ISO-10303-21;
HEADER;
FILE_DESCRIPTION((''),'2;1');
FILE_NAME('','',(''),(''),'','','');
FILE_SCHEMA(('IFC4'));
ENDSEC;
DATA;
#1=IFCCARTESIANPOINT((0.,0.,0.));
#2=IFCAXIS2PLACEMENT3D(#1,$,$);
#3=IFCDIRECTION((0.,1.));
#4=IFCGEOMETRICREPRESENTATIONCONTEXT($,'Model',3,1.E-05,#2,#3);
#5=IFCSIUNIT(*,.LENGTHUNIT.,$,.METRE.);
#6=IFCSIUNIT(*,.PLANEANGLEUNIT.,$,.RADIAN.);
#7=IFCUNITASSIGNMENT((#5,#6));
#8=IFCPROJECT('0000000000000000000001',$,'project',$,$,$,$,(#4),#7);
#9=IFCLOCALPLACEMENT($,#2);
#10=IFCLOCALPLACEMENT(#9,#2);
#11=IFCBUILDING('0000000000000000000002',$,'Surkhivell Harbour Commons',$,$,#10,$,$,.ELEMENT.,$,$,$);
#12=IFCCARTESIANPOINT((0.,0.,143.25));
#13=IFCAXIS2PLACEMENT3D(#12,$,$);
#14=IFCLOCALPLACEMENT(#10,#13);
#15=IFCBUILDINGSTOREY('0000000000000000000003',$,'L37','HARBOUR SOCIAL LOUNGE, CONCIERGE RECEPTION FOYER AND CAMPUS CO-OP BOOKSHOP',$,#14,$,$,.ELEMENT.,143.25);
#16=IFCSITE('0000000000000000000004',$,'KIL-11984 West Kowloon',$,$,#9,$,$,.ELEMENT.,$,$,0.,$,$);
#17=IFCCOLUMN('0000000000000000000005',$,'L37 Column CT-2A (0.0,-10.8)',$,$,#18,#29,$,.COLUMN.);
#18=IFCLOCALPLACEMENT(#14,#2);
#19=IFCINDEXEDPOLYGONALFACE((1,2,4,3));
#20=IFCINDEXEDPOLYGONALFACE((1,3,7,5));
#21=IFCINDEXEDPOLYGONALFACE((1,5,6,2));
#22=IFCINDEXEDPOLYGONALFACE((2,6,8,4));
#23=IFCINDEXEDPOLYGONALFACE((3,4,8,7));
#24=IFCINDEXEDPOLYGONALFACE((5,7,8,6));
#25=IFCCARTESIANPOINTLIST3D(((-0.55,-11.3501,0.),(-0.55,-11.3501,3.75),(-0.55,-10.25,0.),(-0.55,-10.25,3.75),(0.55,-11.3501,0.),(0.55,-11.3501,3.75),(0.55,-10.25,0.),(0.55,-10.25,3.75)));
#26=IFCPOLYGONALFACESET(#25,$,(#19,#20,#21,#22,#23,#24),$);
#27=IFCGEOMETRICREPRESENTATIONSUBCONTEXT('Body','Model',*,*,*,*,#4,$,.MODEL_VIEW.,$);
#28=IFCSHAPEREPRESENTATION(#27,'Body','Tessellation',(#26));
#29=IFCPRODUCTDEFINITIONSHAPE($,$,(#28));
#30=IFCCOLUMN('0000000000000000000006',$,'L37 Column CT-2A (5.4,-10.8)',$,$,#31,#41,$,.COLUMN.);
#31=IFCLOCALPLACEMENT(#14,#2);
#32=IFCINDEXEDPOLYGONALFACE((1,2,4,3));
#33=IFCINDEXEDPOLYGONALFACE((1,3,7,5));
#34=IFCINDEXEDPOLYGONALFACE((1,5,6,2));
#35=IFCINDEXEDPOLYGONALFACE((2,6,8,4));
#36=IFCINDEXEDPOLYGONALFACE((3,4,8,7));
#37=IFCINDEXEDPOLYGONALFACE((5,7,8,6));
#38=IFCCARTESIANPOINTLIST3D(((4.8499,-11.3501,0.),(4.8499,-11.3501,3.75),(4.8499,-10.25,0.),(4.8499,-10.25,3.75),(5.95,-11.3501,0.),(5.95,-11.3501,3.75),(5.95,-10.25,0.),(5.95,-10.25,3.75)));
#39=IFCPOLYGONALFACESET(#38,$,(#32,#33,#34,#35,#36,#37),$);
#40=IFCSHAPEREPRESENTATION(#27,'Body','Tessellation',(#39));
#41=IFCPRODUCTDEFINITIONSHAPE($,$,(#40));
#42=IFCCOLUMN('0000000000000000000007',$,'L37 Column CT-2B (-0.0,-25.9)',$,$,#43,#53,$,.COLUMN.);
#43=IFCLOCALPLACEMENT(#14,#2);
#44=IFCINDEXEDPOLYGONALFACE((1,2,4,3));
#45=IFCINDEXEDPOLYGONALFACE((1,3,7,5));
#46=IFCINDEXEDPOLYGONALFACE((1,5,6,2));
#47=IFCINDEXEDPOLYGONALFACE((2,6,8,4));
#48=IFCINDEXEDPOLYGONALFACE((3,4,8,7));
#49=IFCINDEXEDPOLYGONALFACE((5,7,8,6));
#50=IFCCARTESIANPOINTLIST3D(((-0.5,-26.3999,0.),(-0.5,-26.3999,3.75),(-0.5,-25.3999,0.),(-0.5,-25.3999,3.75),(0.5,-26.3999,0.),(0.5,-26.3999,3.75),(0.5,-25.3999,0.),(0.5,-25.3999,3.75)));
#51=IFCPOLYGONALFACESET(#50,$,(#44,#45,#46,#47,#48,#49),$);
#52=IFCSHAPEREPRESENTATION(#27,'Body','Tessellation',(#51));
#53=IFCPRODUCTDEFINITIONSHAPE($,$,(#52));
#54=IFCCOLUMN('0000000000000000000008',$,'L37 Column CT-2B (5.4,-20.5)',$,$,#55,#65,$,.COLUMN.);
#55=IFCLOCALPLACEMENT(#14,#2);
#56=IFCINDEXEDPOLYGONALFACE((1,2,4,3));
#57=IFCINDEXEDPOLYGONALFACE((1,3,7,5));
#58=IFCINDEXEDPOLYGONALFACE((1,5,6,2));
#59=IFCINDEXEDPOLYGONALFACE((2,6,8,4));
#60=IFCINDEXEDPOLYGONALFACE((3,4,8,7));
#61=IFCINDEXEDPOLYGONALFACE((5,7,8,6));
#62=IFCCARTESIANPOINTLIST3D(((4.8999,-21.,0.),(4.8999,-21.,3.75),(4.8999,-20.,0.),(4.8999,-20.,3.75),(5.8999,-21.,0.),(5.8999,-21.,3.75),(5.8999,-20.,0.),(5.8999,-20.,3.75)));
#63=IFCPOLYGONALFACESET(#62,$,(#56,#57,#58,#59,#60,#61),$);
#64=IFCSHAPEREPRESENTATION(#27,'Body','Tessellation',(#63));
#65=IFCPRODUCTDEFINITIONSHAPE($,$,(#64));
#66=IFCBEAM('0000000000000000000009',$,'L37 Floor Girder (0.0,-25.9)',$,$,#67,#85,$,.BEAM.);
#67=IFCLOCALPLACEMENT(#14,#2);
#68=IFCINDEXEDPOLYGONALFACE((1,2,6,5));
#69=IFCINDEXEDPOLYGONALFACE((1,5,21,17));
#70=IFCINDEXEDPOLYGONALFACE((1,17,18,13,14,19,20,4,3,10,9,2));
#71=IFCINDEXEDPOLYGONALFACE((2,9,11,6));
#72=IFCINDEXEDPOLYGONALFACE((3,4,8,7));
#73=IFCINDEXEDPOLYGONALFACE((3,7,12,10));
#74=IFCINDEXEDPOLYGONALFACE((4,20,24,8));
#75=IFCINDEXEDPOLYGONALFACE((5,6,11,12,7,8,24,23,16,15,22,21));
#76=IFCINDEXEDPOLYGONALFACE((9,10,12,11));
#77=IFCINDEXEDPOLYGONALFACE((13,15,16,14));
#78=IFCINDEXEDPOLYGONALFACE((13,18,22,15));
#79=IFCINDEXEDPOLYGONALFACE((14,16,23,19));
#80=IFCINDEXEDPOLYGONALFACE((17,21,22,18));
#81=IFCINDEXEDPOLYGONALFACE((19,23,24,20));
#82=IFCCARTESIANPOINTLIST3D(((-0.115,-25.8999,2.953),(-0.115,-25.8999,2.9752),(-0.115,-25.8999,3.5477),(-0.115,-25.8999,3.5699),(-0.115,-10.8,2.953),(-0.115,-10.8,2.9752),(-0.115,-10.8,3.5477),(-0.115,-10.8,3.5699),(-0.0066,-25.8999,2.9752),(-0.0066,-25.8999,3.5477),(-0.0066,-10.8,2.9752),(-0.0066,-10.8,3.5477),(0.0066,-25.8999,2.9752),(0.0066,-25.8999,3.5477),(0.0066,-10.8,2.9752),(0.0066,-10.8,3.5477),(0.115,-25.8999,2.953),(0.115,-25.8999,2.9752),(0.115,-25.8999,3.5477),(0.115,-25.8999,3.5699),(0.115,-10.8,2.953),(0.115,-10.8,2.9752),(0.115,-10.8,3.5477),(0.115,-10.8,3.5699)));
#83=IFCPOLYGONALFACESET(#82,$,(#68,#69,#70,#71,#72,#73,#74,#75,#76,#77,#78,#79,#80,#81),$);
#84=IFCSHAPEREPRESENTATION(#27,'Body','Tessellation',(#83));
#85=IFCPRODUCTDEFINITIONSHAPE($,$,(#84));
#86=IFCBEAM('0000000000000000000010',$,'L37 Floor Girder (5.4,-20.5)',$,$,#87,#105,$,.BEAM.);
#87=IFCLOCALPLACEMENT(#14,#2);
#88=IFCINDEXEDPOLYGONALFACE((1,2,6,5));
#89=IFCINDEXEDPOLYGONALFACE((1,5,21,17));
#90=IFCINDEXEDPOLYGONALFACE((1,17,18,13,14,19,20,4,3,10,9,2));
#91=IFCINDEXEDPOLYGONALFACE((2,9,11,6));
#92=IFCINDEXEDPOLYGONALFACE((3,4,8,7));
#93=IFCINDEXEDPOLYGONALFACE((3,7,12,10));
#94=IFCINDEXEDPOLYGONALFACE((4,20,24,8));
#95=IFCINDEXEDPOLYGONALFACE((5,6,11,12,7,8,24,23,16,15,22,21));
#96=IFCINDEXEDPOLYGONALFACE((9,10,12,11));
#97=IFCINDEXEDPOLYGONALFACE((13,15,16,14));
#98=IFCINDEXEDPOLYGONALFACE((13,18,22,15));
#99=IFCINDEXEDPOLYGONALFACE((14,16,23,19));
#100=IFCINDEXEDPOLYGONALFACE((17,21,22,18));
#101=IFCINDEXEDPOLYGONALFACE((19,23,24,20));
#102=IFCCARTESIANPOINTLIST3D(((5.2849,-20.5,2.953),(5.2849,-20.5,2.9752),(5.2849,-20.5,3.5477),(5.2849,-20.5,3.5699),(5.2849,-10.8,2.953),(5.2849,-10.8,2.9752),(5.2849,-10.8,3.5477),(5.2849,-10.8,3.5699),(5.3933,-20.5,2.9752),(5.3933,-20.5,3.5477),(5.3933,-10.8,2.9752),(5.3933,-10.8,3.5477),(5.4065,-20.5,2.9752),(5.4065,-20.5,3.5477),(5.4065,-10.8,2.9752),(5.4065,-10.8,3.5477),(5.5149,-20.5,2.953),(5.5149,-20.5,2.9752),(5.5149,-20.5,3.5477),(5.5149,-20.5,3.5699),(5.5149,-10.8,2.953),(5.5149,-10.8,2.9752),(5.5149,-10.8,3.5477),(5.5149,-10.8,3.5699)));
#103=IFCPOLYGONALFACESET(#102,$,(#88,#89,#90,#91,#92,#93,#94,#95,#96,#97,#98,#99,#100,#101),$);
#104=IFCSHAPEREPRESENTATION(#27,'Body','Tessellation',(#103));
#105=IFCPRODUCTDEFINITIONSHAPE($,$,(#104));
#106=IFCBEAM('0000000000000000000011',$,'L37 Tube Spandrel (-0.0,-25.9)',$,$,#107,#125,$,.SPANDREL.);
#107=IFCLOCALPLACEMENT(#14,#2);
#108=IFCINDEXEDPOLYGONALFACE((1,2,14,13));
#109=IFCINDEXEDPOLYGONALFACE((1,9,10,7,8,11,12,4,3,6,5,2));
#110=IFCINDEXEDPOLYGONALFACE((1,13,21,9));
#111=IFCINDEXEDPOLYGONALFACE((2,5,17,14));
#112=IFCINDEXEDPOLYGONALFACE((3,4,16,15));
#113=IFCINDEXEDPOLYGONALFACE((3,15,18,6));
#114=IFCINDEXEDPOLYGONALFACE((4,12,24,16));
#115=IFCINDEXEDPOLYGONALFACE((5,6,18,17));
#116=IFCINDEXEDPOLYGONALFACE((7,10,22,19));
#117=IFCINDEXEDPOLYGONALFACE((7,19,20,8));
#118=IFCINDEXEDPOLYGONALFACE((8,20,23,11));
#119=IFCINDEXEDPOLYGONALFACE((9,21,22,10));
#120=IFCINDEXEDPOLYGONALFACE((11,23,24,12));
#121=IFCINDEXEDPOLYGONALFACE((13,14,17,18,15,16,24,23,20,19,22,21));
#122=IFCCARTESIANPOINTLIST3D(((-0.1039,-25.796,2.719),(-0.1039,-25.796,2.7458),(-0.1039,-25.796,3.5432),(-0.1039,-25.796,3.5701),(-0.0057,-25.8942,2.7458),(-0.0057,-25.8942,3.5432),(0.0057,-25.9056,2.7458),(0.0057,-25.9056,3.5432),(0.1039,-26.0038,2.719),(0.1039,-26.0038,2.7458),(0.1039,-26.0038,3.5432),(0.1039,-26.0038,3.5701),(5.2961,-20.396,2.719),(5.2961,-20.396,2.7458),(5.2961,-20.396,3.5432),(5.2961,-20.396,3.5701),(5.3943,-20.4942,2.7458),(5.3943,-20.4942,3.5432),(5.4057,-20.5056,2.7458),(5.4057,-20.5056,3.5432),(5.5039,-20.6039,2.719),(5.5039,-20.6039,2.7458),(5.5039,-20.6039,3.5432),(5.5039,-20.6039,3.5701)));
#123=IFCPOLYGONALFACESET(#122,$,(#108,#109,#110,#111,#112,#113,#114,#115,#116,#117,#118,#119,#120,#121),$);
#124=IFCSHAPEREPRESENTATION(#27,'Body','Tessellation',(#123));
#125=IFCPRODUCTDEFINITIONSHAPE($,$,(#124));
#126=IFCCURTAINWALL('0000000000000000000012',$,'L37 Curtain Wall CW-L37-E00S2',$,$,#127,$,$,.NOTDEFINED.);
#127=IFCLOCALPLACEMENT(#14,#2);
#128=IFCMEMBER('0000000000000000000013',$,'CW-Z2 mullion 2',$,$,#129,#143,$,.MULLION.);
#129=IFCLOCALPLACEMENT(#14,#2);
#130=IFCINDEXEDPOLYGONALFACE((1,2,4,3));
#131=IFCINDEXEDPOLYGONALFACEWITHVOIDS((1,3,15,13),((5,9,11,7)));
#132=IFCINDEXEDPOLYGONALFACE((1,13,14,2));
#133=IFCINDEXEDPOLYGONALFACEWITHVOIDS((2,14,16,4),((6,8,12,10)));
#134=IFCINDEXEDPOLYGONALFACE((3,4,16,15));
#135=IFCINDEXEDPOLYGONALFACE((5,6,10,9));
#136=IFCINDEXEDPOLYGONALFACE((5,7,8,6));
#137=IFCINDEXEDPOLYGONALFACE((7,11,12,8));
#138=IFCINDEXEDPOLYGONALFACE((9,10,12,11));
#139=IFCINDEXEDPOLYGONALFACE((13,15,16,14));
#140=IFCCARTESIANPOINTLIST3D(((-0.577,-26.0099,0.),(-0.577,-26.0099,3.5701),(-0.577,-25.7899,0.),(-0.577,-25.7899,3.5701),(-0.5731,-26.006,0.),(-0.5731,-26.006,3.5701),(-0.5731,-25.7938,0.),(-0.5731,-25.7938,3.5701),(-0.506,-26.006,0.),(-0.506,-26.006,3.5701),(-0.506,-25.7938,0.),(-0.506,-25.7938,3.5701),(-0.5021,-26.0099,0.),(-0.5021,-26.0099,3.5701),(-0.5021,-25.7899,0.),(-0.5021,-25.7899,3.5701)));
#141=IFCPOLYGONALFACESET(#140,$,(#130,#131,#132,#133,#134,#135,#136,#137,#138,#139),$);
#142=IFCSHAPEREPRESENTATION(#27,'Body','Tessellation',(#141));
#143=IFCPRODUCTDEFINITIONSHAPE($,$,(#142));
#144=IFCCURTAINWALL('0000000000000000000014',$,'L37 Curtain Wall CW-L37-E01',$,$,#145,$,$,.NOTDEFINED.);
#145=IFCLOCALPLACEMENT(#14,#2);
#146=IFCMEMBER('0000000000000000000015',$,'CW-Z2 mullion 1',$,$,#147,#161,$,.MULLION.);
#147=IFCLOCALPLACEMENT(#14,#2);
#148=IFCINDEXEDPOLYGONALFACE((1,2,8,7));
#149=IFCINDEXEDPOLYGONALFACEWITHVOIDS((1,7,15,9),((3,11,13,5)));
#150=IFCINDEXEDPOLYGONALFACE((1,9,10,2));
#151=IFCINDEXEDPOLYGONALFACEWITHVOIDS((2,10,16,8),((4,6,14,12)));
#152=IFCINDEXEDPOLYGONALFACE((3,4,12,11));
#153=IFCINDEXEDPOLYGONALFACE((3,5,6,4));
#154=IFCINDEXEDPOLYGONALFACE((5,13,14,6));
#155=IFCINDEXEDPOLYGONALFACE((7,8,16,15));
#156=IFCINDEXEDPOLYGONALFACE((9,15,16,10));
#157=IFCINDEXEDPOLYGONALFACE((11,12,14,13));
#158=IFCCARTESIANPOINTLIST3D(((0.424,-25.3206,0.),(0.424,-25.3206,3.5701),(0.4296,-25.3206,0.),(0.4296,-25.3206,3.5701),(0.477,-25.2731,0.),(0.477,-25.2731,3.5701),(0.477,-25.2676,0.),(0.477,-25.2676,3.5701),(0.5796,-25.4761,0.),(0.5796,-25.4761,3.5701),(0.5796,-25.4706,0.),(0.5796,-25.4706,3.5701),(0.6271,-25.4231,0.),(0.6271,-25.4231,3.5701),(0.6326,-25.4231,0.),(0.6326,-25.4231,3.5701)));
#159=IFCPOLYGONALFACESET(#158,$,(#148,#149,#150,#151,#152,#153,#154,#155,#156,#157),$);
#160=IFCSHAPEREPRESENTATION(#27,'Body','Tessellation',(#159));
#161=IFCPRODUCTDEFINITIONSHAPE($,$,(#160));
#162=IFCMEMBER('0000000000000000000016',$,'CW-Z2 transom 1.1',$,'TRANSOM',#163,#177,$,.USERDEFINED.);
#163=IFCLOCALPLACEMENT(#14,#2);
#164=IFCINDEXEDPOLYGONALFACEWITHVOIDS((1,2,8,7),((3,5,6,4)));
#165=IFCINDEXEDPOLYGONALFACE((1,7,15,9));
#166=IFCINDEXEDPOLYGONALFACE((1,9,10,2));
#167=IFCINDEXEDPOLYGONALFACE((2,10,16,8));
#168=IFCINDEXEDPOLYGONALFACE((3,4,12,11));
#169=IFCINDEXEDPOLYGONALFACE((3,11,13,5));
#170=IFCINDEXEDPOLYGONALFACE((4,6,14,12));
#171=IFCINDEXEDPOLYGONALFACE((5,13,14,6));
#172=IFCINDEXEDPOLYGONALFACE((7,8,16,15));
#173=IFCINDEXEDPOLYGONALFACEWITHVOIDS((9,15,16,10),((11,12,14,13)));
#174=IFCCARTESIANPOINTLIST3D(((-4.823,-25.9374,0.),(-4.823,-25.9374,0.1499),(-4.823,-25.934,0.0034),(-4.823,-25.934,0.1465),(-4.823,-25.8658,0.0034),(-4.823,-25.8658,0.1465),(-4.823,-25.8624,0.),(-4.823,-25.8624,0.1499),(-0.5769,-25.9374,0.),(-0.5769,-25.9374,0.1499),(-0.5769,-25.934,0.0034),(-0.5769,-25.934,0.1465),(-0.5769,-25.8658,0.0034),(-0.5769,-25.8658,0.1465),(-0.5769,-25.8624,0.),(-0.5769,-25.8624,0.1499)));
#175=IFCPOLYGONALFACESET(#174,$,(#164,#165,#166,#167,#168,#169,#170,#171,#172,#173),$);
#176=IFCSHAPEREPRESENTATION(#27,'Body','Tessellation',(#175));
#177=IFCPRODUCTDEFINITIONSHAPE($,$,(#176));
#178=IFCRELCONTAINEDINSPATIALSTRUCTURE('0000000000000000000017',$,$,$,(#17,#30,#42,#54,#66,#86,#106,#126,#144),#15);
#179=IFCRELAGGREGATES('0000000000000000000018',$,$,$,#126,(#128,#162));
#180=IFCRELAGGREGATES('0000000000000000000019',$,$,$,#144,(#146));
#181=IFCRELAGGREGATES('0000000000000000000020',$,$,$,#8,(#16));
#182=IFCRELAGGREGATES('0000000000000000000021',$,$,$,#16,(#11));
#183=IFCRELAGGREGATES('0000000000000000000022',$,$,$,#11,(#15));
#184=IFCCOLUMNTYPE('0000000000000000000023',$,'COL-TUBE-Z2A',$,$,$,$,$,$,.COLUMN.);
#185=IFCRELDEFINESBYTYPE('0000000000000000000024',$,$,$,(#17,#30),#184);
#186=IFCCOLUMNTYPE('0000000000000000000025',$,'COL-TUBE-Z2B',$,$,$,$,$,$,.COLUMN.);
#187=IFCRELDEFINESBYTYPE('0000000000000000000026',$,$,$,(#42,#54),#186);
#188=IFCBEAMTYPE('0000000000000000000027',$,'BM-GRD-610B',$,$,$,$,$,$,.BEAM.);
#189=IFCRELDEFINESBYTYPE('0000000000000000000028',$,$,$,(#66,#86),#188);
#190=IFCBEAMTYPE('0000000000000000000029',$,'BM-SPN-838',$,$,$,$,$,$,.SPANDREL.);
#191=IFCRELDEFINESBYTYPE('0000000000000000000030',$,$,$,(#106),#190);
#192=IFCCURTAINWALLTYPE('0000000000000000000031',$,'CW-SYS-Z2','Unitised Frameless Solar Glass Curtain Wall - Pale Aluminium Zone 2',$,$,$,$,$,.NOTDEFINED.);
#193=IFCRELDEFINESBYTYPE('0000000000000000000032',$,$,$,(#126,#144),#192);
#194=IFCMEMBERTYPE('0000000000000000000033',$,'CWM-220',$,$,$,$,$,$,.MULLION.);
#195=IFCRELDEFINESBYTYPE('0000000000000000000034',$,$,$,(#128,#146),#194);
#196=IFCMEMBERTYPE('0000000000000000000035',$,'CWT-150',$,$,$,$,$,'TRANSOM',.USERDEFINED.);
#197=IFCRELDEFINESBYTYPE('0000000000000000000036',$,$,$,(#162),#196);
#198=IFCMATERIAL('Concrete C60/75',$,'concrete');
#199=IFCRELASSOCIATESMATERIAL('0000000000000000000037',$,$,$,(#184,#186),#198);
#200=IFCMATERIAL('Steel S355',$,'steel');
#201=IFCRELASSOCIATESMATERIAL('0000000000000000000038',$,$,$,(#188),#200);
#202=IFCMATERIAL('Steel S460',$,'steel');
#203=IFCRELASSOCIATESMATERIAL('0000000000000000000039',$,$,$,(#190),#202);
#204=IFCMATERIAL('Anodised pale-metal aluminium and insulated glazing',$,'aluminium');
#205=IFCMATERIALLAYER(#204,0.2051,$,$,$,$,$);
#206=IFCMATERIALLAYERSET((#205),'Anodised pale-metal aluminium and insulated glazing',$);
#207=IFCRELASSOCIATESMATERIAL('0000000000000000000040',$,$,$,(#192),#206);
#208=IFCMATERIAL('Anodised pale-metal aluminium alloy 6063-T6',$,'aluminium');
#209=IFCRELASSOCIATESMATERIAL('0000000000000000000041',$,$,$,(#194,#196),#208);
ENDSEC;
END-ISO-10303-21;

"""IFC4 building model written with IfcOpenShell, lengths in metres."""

from ifc_helpers import new_model, si_unit, direction, frame, origin, origin_2d, place, context, subcontext, project, spatial, rectangle, hollow_rectangle, i_section, extrude, material, layer, layer_set, material_profile, profile_set, type_object, element, aggregate, save


model = new_model("IFC4")

# Units and contexts
model_context = context("Model", 3, precision=1e-05, world=origin(), true_north=direction((0.0, 1.0)))
body_context = subcontext(model_context, "Body", "Model", "MODEL_VIEW")
ifc_project = project(units=[si_unit("LENGTHUNIT", "METRE"), si_unit("PLANEANGLEUNIT", "RADIAN")], contexts=[model_context])

# Site, building, storey
site_placement = place(None, origin())
site = spatial("IfcSite", under=ifc_project, at=site_placement, Name="KIL-11984 West Kowloon", CompositionType="ELEMENT", RefElevation=0.0)
building_placement = place(site_placement, origin())
building = spatial("IfcBuilding", under=site, at=building_placement, Name="Surkhivell Harbour Commons", CompositionType="ELEMENT")
storey_placement = place(building_placement, frame((0.0, 0.0, 143.25)))
storey = spatial("IfcBuildingStorey", under=building, at=storey_placement, Name="L37", Description="HARBOUR SOCIAL LOUNGE, CONCIERGE RECEPTION FOYER AND CAMPUS CO-OP BOOKSHOP", CompositionType="ELEMENT", Elevation=143.25)

# Columns
ifc_material_1 = material(Name="Concrete C60/75", Category="concrete")
ifc_material_profile_1 = material_profile(ifc_material_1, rectangle(XDim=1.1001, YDim=1.1001, at=origin_2d()), Name="RC-COL-1100x1100")
ifc_profile_set_1 = profile_set([ifc_material_profile_1], Name="Concrete C60/75")
column_type_1 = type_object("IfcColumnType", Name="COL-TUBE-Z2A", PredefinedType="COLUMN", material=ifc_profile_set_1)
for number, where, z_axis, x_axis, name in (
    (1, (0.0, -10.8, 0.0), (0.0, 0.0, 1.0), (1.0, 0.0, 0.0), "L37 Column CT-2A (0.0,-10.8)"),
    (2, (5.3999, -10.8, 0.0), (0.0, 0.0, 1.0), (1.0, 0.0, 0.0), "L37 Column CT-2A (5.4,-10.8)"),
):
    element("IfcColumn", number, at=place(storey_placement, frame(where, z_axis=z_axis, x_axis=x_axis)), inside=storey, type_object=column_type_1, Name=name, PredefinedType="COLUMN", context=body_context, shape_type="SweptSolid", body=[
        extrude(rectangle(XDim=1.1001, YDim=1.1001, at=origin_2d()), origin(), (0.0, 0.0, 1.0), 3.75),
    ])
ifc_material_profile_2 = material_profile(ifc_material_1, rectangle(XDim=1.0, YDim=1.0, at=origin_2d()), Name="RC-COL-1000x1000")
ifc_profile_set_2 = profile_set([ifc_material_profile_2], Name="Concrete C60/75")
column_type_2 = type_object("IfcColumnType", Name="COL-TUBE-Z2B", PredefinedType="COLUMN", material=ifc_profile_set_2)
for number, where, z_axis, x_axis, name in (
    (3, (0.0, -25.8999, 0.0), (0.0, 0.0, 1.0), (1.0, 0.0, 0.0), "L37 Column CT-2B (-0.0,-25.9)"),
    (4, (5.3999, -20.5, 0.0), (0.0, 0.0, 1.0), (1.0, 0.0, 0.0), "L37 Column CT-2B (5.4,-20.5)"),
):
    element("IfcColumn", number, at=place(storey_placement, frame(where, z_axis=z_axis, x_axis=x_axis)), inside=storey, type_object=column_type_2, Name=name, PredefinedType="COLUMN", context=body_context, shape_type="SweptSolid", body=[
        extrude(rectangle(XDim=1.0, YDim=1.0, at=origin_2d()), origin(), (0.0, 0.0, 1.0), 3.75),
    ])

# Beams
ifc_material_2 = material(Name="Steel S355", Category="steel")
ifc_material_profile_3 = material_profile(ifc_material_2, i_section(OverallWidth=0.23, OverallDepth=0.6169, WebThickness=0.0132, FlangeThickness=0.0222, at=origin_2d()), Name="UB610x229x140")
ifc_profile_set_3 = profile_set([ifc_material_profile_3], Name="Steel S355")
beam_type_1 = type_object("IfcBeamType", Name="BM-GRD-610B", PredefinedType="BEAM", material=ifc_profile_set_3)
beam_1_placement = place(storey_placement, frame((0.0, -25.8999, 3.2615), z_axis=(0.0, 1.0, 0.0), x_axis=(-1.0, 0.0, 0.0)))
element("IfcBeam", 5, at=beam_1_placement, inside=storey, type_object=beam_type_1, Name="L37 Floor Girder (0.0,-25.9)", PredefinedType="BEAM", context=body_context, shape_type="SweptSolid", body=[
    extrude(i_section(OverallWidth=0.23, OverallDepth=0.6169, WebThickness=0.0132, FlangeThickness=0.0222, at=origin_2d()), origin(), (0.0, 0.0, 1.0), 15.0999),
])
beam_2_placement = place(storey_placement, frame((5.3999, -20.5, 3.2615), z_axis=(0.0, 1.0, 0.0), x_axis=(-1.0, 0.0, 0.0)))
element("IfcBeam", 6, at=beam_2_placement, inside=storey, type_object=beam_type_1, Name="L37 Floor Girder (5.4,-20.5)", PredefinedType="BEAM", context=body_context, shape_type="SweptSolid", body=[
    extrude(i_section(OverallWidth=0.23, OverallDepth=0.6169, WebThickness=0.0132, FlangeThickness=0.0222, at=origin_2d()), origin(), (0.0, 0.0, 1.0), 9.7),
])
ifc_material_3 = material(Name="Steel S460", Category="steel")
ifc_material_profile_4 = material_profile(ifc_material_3, i_section(OverallWidth=0.2939, OverallDepth=0.8511, WebThickness=0.0161, FlangeThickness=0.0269, at=origin_2d()), Name="UB838x292x226")
ifc_profile_set_4 = profile_set([ifc_material_profile_4], Name="Steel S460")
beam_type_2 = type_object("IfcBeamType", Name="BM-SPN-838", PredefinedType="SPANDREL", material=ifc_profile_set_4)
beam_3_placement = place(storey_placement, frame((0.0, -25.8999, 3.1445), z_axis=(0.707107, 0.707107, 0.0), x_axis=(-0.707107, 0.707107, 0.0)))
element("IfcBeam", 7, at=beam_3_placement, inside=storey, type_object=beam_type_2, Name="L37 Tube Spandrel (-0.0,-25.9)", PredefinedType="SPANDREL", context=body_context, shape_type="SweptSolid", body=[
    extrude(i_section(OverallWidth=0.2939, OverallDepth=0.8511, WebThickness=0.0161, FlangeThickness=0.0269, at=origin_2d()), origin(), (0.0, 0.0, 1.0), 7.6367),
])

# Curtain walls, members
ifc_material_4 = material(Name="Anodised pale-metal aluminium and insulated glazing", Category="aluminium")
ifc_layer_1 = layer(ifc_material_4, 0.2051)
ifc_layer_set_1 = layer_set([ifc_layer_1], Name="Anodised pale-metal aluminium and insulated glazing")
curtain_wall_type = type_object("IfcCurtainWallType", Name="CW-SYS-Z2", Description="Unitised Frameless Solar Glass Curtain Wall - Pale Aluminium Zone 2", PredefinedType="NOTDEFINED", material=ifc_layer_set_1)
curtain_wall_1_placement = place(storey_placement, origin())
curtain_wall_1 = element("IfcCurtainWall", 8, at=curtain_wall_1_placement, inside=storey, type_object=curtain_wall_type, Name="L37 Curtain Wall CW-L37-E00S2", PredefinedType="NOTDEFINED")
ifc_material_5 = material(Name="Anodised pale-metal aluminium alloy 6063-T6", Category="aluminium")
ifc_material_profile_5 = material_profile(ifc_material_5, hollow_rectangle(XDim=0.075, YDim=0.22, WallThickness=0.0039, at=origin_2d()), Name="ALU-MULL-75x220")
ifc_profile_set_5 = profile_set([ifc_material_profile_5], Name="Anodised pale-metal aluminium alloy 6063-T6")
member_type_1 = type_object("IfcMemberType", Name="CWM-220", PredefinedType="MULLION", material=ifc_profile_set_5)
member_1_placement = place(storey_placement, frame((-0.5396, -25.8999, 0.0), z_axis=(0.0, 0.0, 1.0), x_axis=(1.0, 0.0, 0.0)))
member_1 = element("IfcMember", 9, at=member_1_placement, type_object=member_type_1, Name="CW-Z2 mullion 2", PredefinedType="MULLION", context=body_context, shape_type="SweptSolid", body=[
    extrude(hollow_rectangle(XDim=0.075, YDim=0.22, WallThickness=0.0039, at=origin_2d()), origin(), (0.0, 0.0, 1.0), 3.5701),
])
curtain_wall_2_placement = place(storey_placement, origin())
curtain_wall_2 = element("IfcCurtainWall", 10, at=curtain_wall_2_placement, inside=storey, type_object=curtain_wall_type, Name="L37 Curtain Wall CW-L37-E01", PredefinedType="NOTDEFINED")
member_2_placement = place(storey_placement, frame((0.5283, -25.3718, 0.0), z_axis=(0.0, 0.0, 1.0), x_axis=(0.707107, 0.707107, 0.0)))
member_2 = element("IfcMember", 11, at=member_2_placement, type_object=member_type_1, Name="CW-Z2 mullion 1", PredefinedType="MULLION", context=body_context, shape_type="SweptSolid", body=[
    extrude(hollow_rectangle(XDim=0.075, YDim=0.22, WallThickness=0.0039, at=origin_2d()), origin(), (0.0, 0.0, 1.0), 3.5701),
])

# Member
ifc_material_profile_6 = material_profile(ifc_material_5, hollow_rectangle(XDim=0.075, YDim=0.1499, WallThickness=0.0034, at=origin_2d()), Name="ALU-TRAN-75x150")
ifc_profile_set_6 = profile_set([ifc_material_profile_6], Name="Anodised pale-metal aluminium alloy 6063-T6")
member_type_2 = type_object("IfcMemberType", Name="CWT-150", ElementType="TRANSOM", PredefinedType="USERDEFINED", material=ifc_profile_set_6)
member_3_placement = place(storey_placement, frame((-4.823, -25.8999, 0.075), z_axis=(1.0, 0.0, 0.0), x_axis=(0.0, 1.0, 0.0)))
member_3 = element("IfcMember", 12, at=member_3_placement, type_object=member_type_2, Name="CW-Z2 transom 1.1", ObjectType="TRANSOM", PredefinedType="USERDEFINED", context=body_context, shape_type="SweptSolid", body=[
    extrude(hollow_rectangle(XDim=0.075, YDim=0.1499, WallThickness=0.0034, at=origin_2d()), origin(), (0.0, 0.0, 1.0), 4.2461),
])

aggregate(curtain_wall_1, [member_1, member_3])
aggregate(curtain_wall_2, [member_2])

save(model, "model.ifc")
